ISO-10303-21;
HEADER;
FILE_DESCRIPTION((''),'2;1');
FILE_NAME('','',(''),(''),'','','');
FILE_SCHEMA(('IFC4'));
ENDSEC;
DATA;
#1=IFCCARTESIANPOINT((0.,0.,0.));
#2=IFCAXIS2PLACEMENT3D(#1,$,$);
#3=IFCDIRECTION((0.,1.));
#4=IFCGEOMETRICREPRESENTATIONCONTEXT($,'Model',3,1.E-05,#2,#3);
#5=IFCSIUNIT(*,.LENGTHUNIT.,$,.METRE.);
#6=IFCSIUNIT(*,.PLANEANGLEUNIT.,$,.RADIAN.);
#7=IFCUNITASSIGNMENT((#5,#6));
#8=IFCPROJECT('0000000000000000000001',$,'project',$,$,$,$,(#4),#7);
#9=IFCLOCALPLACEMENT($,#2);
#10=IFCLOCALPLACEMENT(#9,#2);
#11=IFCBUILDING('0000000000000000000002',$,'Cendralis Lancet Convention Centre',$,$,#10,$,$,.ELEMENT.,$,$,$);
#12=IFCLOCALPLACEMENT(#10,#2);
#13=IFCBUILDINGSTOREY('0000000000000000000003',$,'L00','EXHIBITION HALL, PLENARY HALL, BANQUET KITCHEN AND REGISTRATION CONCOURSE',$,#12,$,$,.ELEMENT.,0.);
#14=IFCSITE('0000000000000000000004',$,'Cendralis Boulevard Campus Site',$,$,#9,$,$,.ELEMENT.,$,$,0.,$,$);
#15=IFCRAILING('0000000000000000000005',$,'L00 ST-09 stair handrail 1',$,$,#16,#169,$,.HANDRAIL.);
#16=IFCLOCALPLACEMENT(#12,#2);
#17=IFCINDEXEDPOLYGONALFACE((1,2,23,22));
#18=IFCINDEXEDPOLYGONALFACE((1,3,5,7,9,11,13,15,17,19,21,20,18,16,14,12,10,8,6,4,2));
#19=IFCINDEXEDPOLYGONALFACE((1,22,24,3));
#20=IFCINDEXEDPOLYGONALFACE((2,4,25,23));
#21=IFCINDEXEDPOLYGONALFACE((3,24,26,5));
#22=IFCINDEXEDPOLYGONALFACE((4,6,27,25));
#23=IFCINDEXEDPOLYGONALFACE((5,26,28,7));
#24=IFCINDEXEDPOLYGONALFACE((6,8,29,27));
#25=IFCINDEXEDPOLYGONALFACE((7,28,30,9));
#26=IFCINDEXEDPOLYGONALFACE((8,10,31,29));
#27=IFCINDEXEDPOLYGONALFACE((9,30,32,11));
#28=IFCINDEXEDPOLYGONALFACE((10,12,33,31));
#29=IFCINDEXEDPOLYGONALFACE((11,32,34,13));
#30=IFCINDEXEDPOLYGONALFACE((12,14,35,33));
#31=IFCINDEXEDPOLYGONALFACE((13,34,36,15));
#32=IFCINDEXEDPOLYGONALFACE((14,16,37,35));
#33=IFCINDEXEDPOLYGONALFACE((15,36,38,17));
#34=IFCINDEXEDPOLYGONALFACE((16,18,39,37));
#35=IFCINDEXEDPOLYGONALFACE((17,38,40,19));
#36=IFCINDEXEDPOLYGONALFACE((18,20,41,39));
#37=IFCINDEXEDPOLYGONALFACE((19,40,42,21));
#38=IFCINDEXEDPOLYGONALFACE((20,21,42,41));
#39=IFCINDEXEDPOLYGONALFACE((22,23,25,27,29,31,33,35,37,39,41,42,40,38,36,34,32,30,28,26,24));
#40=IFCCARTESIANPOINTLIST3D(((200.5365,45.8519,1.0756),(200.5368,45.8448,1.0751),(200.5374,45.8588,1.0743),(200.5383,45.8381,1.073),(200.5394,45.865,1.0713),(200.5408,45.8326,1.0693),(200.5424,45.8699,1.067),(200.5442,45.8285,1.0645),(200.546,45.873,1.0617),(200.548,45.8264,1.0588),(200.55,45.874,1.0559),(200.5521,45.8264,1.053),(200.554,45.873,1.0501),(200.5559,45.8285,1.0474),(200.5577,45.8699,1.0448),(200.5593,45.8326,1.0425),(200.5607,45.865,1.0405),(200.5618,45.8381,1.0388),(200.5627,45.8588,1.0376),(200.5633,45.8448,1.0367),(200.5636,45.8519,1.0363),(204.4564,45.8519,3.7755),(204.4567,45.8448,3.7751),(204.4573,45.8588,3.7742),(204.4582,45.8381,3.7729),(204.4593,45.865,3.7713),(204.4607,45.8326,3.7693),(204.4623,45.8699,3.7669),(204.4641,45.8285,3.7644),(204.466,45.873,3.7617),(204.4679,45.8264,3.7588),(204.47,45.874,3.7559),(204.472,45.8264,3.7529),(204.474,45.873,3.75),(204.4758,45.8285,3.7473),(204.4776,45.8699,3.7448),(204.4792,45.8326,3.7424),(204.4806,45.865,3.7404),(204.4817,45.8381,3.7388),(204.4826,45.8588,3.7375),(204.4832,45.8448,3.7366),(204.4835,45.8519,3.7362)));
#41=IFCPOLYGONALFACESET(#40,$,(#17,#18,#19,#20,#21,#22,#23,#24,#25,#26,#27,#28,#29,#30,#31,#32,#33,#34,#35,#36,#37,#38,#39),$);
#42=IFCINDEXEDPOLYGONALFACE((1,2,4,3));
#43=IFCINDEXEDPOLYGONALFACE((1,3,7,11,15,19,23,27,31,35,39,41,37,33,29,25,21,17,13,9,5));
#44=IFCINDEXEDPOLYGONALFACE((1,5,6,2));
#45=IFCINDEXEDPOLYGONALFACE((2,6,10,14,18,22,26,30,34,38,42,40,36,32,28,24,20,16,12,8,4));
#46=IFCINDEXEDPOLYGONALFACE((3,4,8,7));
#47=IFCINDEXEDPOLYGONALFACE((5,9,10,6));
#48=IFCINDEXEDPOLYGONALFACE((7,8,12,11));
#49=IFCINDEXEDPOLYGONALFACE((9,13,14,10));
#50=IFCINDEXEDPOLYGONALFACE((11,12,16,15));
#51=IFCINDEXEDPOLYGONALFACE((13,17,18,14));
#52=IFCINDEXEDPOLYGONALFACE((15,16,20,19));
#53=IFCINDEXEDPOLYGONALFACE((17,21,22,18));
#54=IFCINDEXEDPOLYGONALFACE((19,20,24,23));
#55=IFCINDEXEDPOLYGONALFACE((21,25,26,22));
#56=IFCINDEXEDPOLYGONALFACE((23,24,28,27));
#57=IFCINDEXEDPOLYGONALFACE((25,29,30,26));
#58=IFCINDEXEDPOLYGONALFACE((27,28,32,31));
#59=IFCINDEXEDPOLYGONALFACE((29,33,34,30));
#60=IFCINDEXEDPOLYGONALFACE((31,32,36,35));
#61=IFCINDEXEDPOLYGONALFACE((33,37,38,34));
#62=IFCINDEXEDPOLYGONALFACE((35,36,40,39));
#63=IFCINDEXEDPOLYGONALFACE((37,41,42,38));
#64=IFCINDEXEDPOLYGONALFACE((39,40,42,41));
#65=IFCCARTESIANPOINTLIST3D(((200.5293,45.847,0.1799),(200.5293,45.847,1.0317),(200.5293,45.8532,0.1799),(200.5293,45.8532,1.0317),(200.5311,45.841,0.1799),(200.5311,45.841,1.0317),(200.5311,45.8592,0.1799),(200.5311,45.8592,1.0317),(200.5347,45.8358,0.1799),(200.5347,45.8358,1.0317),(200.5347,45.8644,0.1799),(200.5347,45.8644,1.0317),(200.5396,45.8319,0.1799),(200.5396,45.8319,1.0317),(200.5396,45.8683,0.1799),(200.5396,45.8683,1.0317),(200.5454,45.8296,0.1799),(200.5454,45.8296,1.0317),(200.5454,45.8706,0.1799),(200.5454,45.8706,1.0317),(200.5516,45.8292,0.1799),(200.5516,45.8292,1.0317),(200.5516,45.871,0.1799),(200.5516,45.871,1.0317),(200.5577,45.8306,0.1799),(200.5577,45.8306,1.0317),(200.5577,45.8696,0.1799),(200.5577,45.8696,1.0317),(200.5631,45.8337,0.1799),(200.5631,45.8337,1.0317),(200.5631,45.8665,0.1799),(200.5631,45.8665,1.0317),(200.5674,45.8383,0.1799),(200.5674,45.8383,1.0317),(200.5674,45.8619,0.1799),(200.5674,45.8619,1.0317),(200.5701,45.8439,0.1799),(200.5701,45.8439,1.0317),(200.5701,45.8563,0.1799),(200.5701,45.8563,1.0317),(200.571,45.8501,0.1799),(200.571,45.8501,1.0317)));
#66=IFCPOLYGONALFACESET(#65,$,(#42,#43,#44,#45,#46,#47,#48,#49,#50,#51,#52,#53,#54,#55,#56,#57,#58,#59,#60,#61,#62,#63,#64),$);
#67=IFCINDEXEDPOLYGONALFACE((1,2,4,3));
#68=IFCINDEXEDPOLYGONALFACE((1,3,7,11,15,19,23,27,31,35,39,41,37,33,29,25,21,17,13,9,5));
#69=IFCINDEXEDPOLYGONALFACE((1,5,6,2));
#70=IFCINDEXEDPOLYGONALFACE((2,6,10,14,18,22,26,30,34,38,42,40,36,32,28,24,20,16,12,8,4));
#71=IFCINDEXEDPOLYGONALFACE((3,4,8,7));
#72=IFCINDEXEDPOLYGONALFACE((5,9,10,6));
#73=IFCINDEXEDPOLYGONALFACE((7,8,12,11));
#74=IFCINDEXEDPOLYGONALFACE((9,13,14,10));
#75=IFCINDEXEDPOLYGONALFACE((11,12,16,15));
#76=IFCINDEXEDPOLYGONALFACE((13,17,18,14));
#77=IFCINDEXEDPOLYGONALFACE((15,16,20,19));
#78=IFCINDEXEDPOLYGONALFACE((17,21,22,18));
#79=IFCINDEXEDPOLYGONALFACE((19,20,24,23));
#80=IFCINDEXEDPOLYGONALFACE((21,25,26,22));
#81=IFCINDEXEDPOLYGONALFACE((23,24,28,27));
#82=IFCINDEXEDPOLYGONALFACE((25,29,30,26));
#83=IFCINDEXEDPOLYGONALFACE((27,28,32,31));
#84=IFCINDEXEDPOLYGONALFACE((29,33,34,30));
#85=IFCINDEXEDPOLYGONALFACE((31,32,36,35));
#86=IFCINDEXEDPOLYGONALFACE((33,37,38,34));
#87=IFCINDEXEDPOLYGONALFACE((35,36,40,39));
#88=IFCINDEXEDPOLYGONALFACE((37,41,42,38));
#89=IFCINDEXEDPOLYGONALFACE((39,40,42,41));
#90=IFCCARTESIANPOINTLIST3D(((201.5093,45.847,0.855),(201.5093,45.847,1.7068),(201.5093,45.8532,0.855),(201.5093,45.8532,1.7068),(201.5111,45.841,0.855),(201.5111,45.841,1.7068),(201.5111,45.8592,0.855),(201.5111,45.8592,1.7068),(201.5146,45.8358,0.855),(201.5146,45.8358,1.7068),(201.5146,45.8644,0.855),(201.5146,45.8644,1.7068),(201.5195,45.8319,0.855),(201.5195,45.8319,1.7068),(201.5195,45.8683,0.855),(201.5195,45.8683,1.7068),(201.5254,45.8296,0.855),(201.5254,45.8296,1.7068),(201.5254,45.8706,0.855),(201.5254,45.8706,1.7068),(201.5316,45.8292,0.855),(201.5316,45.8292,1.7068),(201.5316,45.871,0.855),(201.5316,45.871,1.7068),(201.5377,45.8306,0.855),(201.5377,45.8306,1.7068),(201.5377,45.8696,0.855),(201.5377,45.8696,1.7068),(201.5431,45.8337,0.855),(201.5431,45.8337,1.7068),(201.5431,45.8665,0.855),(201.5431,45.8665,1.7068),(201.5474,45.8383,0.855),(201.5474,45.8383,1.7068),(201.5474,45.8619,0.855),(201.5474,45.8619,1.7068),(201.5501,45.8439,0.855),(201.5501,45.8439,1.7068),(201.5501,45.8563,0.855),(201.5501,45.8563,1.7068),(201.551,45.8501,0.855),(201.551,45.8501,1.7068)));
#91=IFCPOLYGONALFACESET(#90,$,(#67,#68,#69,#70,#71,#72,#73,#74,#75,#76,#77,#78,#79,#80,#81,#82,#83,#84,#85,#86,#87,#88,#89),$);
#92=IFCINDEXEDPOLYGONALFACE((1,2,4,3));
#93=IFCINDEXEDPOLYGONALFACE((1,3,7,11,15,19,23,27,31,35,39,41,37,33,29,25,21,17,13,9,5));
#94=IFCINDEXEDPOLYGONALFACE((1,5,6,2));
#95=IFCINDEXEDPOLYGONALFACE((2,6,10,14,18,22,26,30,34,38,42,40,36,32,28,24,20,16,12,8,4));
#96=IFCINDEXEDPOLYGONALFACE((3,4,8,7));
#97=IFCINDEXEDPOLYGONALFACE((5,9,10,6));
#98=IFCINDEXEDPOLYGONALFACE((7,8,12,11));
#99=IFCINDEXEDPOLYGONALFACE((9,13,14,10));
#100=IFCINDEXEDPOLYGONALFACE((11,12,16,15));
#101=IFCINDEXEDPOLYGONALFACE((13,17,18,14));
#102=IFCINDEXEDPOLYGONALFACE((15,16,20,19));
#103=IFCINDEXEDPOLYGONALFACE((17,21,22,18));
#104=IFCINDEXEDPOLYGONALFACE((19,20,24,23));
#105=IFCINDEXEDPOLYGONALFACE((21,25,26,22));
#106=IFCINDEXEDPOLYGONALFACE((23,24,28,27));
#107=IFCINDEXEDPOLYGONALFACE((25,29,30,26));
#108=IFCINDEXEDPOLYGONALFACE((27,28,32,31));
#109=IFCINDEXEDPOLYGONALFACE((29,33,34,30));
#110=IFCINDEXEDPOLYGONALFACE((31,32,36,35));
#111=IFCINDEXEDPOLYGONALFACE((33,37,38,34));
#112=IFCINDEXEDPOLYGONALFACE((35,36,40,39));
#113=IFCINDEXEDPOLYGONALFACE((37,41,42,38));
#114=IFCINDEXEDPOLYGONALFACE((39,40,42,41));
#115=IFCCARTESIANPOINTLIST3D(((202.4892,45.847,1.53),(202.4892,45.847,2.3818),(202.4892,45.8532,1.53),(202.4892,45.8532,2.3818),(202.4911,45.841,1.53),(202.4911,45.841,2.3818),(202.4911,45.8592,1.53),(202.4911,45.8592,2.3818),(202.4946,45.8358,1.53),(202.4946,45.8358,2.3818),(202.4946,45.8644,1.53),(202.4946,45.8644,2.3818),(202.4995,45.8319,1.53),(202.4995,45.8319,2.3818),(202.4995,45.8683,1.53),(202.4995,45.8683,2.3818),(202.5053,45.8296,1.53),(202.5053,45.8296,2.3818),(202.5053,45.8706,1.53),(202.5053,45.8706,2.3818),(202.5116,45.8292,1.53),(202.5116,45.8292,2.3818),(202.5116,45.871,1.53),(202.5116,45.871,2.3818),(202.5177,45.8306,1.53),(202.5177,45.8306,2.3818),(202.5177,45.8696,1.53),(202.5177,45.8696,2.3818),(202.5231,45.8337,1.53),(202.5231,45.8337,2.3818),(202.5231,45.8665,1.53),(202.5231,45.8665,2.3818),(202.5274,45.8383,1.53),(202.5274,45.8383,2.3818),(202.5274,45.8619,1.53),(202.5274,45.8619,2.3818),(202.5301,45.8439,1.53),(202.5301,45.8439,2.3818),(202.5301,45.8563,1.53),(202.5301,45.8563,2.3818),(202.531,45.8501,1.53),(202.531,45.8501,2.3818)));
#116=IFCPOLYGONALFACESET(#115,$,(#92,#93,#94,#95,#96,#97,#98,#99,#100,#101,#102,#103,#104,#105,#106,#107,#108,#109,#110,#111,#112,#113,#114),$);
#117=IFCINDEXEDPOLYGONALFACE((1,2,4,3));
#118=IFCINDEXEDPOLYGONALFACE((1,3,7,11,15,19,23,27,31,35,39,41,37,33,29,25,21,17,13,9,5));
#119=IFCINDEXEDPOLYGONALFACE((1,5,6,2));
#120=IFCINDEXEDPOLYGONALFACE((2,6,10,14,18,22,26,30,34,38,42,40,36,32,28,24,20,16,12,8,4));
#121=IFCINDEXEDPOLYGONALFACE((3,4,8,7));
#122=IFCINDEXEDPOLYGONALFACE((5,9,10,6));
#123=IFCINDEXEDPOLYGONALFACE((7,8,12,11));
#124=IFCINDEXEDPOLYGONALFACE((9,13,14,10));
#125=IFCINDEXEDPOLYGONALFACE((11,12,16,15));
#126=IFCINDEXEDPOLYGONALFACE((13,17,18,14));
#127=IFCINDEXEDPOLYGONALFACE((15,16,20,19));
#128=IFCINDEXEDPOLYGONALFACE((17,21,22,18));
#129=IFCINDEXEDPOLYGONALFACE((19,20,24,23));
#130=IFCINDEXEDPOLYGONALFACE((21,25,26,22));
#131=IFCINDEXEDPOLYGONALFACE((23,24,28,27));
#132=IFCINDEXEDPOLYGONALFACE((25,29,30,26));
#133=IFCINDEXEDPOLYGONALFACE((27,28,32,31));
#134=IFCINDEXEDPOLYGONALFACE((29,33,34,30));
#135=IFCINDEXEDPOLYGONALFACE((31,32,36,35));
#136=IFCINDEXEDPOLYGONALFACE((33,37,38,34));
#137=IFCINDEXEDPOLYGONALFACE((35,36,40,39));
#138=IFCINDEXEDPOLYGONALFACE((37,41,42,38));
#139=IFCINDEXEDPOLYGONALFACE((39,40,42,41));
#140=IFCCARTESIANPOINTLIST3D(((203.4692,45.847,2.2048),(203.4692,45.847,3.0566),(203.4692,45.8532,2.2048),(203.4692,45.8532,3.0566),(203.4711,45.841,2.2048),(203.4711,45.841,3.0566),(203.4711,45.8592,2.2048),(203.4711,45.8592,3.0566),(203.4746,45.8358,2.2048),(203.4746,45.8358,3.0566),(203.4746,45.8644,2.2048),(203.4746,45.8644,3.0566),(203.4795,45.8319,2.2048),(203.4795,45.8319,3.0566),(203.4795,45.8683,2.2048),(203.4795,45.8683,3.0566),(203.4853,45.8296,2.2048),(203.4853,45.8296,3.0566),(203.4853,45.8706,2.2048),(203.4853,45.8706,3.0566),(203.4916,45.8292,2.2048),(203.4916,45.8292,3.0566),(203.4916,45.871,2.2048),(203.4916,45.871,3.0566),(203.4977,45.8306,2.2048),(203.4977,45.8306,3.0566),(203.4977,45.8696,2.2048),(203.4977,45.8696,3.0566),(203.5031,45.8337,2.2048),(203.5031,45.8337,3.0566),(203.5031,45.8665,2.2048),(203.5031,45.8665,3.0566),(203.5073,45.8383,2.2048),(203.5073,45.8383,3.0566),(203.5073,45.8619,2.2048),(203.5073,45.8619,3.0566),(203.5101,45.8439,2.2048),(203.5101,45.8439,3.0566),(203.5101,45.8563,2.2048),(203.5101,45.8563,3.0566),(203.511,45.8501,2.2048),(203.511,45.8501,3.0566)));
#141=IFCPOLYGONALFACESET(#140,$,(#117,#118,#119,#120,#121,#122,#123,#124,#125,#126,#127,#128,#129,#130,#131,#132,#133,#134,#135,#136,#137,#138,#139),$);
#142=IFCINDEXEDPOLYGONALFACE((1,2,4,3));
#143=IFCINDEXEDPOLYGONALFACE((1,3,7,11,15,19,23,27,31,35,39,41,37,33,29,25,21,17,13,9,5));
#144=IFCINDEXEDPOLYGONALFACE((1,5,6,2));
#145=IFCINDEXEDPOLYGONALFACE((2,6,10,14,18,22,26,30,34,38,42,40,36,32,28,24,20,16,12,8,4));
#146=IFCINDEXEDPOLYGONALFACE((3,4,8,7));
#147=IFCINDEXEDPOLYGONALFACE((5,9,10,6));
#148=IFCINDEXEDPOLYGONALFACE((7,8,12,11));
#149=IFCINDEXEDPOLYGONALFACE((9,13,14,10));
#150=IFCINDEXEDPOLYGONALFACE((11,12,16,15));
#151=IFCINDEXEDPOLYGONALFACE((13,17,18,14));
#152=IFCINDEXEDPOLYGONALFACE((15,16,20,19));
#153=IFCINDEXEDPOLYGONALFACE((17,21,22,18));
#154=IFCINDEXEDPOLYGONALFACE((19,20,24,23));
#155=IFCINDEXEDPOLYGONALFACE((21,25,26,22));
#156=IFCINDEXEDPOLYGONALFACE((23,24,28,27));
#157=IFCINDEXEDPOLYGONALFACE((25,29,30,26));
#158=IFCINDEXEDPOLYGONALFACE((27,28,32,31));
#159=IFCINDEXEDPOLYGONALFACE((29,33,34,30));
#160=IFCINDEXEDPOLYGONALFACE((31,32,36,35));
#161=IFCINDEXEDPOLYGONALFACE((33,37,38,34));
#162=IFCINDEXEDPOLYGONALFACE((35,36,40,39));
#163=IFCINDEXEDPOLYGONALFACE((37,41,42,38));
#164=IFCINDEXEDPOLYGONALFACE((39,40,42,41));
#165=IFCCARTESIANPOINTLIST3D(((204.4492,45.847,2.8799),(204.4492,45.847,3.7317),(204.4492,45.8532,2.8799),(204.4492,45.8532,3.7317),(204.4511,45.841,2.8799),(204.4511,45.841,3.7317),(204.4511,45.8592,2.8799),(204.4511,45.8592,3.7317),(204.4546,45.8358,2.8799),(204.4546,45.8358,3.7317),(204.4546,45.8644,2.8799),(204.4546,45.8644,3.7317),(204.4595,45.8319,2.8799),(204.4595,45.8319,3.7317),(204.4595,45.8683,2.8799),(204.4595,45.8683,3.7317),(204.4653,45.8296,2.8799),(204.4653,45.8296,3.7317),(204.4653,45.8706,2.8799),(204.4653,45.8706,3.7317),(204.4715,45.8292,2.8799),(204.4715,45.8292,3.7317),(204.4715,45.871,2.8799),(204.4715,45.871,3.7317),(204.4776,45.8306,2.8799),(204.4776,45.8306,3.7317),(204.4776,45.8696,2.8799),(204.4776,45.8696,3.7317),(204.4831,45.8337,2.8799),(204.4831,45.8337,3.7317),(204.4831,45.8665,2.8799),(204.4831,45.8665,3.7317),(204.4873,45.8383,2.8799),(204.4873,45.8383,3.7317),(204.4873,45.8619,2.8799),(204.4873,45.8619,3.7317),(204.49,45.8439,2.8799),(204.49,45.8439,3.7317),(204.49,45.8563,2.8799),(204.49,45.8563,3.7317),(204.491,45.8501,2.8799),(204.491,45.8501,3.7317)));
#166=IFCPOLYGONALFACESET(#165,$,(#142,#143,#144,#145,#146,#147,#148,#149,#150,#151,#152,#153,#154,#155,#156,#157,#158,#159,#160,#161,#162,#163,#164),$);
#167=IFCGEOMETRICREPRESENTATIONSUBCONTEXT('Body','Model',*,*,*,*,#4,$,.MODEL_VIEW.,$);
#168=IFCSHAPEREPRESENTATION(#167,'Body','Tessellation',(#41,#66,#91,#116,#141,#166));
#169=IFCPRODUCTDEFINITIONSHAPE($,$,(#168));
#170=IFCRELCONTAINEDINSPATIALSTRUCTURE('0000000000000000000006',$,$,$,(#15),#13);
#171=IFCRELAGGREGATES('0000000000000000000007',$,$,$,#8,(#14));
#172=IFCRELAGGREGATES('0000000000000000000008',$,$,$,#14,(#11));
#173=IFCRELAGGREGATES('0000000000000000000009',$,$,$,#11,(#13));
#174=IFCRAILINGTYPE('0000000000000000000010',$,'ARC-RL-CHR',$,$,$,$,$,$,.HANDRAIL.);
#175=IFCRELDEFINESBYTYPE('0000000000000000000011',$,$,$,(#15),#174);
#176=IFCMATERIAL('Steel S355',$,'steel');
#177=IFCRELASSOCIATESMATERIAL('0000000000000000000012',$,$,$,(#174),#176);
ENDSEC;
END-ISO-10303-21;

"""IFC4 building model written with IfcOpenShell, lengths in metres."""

from ifc_helpers import new_model, si_unit, direction, frame, origin, origin_2d, place, context, subcontext, project, spatial, circle, extrude, material, type_object, element, save


model = new_model("IFC4")

# Units and contexts
model_context = context("Model", 3, precision=1e-05, world=origin(), true_north=direction((0.0, 1.0)))
body_context = subcontext(model_context, "Body", "Model", "MODEL_VIEW")
ifc_project = project(units=[si_unit("LENGTHUNIT", "METRE"), si_unit("PLANEANGLEUNIT", "RADIAN")], contexts=[model_context])

# Site, building, storey
site_placement = place(None, origin())
site = spatial("IfcSite", under=ifc_project, at=site_placement, Name="Cendralis Boulevard Campus Site", CompositionType="ELEMENT", RefElevation=0.0)
building_placement = place(site_placement, origin())
building = spatial("IfcBuilding", under=site, at=building_placement, Name="Cendralis Lancet Convention Centre", CompositionType="ELEMENT")
storey_placement = place(building_placement, origin())
storey = spatial("IfcBuildingStorey", under=building, at=storey_placement, Name="L00", Description="EXHIBITION HALL, PLENARY HALL, BANQUET KITCHEN AND REGISTRATION CONCOURSE", CompositionType="ELEMENT", Elevation=0.0)

# Shared definitions
ifc_material_1 = material(Name="Steel S355", Category="steel")

# Railing
railing_type_1 = type_object("IfcRailingType", Name="ARC-RL-CHR", PredefinedType="HANDRAIL", material=ifc_material_1)
railing_1_placement = place(storey_placement, frame((200.55, 45.8501, 0.1799)))
element("IfcRailing", 1, at=railing_1_placement, inside=storey, type_object=railing_type_1, Name="L00 ST-09 stair handrail 1", PredefinedType="HANDRAIL", context=body_context, shape_type="SweptSolid", body=[
    extrude(circle(Radius=0.0239, at=origin_2d()), frame((0.0, 0.0, 0.876), z_axis=(0.823551, 0.0, 0.567243), x_axis=(0.0, 1.0, 0.0)), (0.0, 0.0, 1.0), 4.7598),
    extrude(circle(Radius=0.021, at=origin_2d()), origin(), (0.0, 0.0, 1.0), 0.8518),
    extrude(circle(Radius=0.021, at=origin_2d()), frame((0.98, 0.0, 0.675)), (0.0, 0.0, 1.0), 0.8518),
    extrude(circle(Radius=0.021, at=origin_2d()), frame((1.96, 0.0, 1.3501)), (0.0, 0.0, 1.0), 0.8518),
    extrude(circle(Radius=0.021, at=origin_2d()), frame((2.9399, 0.0, 2.0249)), (0.0, 0.0, 1.0), 0.8518),
    extrude(circle(Radius=0.021, at=origin_2d()), frame((3.9199, 0.0, 2.7)), (0.0, 0.0, 1.0), 0.8518),
])

save(model, "model.ifc")
